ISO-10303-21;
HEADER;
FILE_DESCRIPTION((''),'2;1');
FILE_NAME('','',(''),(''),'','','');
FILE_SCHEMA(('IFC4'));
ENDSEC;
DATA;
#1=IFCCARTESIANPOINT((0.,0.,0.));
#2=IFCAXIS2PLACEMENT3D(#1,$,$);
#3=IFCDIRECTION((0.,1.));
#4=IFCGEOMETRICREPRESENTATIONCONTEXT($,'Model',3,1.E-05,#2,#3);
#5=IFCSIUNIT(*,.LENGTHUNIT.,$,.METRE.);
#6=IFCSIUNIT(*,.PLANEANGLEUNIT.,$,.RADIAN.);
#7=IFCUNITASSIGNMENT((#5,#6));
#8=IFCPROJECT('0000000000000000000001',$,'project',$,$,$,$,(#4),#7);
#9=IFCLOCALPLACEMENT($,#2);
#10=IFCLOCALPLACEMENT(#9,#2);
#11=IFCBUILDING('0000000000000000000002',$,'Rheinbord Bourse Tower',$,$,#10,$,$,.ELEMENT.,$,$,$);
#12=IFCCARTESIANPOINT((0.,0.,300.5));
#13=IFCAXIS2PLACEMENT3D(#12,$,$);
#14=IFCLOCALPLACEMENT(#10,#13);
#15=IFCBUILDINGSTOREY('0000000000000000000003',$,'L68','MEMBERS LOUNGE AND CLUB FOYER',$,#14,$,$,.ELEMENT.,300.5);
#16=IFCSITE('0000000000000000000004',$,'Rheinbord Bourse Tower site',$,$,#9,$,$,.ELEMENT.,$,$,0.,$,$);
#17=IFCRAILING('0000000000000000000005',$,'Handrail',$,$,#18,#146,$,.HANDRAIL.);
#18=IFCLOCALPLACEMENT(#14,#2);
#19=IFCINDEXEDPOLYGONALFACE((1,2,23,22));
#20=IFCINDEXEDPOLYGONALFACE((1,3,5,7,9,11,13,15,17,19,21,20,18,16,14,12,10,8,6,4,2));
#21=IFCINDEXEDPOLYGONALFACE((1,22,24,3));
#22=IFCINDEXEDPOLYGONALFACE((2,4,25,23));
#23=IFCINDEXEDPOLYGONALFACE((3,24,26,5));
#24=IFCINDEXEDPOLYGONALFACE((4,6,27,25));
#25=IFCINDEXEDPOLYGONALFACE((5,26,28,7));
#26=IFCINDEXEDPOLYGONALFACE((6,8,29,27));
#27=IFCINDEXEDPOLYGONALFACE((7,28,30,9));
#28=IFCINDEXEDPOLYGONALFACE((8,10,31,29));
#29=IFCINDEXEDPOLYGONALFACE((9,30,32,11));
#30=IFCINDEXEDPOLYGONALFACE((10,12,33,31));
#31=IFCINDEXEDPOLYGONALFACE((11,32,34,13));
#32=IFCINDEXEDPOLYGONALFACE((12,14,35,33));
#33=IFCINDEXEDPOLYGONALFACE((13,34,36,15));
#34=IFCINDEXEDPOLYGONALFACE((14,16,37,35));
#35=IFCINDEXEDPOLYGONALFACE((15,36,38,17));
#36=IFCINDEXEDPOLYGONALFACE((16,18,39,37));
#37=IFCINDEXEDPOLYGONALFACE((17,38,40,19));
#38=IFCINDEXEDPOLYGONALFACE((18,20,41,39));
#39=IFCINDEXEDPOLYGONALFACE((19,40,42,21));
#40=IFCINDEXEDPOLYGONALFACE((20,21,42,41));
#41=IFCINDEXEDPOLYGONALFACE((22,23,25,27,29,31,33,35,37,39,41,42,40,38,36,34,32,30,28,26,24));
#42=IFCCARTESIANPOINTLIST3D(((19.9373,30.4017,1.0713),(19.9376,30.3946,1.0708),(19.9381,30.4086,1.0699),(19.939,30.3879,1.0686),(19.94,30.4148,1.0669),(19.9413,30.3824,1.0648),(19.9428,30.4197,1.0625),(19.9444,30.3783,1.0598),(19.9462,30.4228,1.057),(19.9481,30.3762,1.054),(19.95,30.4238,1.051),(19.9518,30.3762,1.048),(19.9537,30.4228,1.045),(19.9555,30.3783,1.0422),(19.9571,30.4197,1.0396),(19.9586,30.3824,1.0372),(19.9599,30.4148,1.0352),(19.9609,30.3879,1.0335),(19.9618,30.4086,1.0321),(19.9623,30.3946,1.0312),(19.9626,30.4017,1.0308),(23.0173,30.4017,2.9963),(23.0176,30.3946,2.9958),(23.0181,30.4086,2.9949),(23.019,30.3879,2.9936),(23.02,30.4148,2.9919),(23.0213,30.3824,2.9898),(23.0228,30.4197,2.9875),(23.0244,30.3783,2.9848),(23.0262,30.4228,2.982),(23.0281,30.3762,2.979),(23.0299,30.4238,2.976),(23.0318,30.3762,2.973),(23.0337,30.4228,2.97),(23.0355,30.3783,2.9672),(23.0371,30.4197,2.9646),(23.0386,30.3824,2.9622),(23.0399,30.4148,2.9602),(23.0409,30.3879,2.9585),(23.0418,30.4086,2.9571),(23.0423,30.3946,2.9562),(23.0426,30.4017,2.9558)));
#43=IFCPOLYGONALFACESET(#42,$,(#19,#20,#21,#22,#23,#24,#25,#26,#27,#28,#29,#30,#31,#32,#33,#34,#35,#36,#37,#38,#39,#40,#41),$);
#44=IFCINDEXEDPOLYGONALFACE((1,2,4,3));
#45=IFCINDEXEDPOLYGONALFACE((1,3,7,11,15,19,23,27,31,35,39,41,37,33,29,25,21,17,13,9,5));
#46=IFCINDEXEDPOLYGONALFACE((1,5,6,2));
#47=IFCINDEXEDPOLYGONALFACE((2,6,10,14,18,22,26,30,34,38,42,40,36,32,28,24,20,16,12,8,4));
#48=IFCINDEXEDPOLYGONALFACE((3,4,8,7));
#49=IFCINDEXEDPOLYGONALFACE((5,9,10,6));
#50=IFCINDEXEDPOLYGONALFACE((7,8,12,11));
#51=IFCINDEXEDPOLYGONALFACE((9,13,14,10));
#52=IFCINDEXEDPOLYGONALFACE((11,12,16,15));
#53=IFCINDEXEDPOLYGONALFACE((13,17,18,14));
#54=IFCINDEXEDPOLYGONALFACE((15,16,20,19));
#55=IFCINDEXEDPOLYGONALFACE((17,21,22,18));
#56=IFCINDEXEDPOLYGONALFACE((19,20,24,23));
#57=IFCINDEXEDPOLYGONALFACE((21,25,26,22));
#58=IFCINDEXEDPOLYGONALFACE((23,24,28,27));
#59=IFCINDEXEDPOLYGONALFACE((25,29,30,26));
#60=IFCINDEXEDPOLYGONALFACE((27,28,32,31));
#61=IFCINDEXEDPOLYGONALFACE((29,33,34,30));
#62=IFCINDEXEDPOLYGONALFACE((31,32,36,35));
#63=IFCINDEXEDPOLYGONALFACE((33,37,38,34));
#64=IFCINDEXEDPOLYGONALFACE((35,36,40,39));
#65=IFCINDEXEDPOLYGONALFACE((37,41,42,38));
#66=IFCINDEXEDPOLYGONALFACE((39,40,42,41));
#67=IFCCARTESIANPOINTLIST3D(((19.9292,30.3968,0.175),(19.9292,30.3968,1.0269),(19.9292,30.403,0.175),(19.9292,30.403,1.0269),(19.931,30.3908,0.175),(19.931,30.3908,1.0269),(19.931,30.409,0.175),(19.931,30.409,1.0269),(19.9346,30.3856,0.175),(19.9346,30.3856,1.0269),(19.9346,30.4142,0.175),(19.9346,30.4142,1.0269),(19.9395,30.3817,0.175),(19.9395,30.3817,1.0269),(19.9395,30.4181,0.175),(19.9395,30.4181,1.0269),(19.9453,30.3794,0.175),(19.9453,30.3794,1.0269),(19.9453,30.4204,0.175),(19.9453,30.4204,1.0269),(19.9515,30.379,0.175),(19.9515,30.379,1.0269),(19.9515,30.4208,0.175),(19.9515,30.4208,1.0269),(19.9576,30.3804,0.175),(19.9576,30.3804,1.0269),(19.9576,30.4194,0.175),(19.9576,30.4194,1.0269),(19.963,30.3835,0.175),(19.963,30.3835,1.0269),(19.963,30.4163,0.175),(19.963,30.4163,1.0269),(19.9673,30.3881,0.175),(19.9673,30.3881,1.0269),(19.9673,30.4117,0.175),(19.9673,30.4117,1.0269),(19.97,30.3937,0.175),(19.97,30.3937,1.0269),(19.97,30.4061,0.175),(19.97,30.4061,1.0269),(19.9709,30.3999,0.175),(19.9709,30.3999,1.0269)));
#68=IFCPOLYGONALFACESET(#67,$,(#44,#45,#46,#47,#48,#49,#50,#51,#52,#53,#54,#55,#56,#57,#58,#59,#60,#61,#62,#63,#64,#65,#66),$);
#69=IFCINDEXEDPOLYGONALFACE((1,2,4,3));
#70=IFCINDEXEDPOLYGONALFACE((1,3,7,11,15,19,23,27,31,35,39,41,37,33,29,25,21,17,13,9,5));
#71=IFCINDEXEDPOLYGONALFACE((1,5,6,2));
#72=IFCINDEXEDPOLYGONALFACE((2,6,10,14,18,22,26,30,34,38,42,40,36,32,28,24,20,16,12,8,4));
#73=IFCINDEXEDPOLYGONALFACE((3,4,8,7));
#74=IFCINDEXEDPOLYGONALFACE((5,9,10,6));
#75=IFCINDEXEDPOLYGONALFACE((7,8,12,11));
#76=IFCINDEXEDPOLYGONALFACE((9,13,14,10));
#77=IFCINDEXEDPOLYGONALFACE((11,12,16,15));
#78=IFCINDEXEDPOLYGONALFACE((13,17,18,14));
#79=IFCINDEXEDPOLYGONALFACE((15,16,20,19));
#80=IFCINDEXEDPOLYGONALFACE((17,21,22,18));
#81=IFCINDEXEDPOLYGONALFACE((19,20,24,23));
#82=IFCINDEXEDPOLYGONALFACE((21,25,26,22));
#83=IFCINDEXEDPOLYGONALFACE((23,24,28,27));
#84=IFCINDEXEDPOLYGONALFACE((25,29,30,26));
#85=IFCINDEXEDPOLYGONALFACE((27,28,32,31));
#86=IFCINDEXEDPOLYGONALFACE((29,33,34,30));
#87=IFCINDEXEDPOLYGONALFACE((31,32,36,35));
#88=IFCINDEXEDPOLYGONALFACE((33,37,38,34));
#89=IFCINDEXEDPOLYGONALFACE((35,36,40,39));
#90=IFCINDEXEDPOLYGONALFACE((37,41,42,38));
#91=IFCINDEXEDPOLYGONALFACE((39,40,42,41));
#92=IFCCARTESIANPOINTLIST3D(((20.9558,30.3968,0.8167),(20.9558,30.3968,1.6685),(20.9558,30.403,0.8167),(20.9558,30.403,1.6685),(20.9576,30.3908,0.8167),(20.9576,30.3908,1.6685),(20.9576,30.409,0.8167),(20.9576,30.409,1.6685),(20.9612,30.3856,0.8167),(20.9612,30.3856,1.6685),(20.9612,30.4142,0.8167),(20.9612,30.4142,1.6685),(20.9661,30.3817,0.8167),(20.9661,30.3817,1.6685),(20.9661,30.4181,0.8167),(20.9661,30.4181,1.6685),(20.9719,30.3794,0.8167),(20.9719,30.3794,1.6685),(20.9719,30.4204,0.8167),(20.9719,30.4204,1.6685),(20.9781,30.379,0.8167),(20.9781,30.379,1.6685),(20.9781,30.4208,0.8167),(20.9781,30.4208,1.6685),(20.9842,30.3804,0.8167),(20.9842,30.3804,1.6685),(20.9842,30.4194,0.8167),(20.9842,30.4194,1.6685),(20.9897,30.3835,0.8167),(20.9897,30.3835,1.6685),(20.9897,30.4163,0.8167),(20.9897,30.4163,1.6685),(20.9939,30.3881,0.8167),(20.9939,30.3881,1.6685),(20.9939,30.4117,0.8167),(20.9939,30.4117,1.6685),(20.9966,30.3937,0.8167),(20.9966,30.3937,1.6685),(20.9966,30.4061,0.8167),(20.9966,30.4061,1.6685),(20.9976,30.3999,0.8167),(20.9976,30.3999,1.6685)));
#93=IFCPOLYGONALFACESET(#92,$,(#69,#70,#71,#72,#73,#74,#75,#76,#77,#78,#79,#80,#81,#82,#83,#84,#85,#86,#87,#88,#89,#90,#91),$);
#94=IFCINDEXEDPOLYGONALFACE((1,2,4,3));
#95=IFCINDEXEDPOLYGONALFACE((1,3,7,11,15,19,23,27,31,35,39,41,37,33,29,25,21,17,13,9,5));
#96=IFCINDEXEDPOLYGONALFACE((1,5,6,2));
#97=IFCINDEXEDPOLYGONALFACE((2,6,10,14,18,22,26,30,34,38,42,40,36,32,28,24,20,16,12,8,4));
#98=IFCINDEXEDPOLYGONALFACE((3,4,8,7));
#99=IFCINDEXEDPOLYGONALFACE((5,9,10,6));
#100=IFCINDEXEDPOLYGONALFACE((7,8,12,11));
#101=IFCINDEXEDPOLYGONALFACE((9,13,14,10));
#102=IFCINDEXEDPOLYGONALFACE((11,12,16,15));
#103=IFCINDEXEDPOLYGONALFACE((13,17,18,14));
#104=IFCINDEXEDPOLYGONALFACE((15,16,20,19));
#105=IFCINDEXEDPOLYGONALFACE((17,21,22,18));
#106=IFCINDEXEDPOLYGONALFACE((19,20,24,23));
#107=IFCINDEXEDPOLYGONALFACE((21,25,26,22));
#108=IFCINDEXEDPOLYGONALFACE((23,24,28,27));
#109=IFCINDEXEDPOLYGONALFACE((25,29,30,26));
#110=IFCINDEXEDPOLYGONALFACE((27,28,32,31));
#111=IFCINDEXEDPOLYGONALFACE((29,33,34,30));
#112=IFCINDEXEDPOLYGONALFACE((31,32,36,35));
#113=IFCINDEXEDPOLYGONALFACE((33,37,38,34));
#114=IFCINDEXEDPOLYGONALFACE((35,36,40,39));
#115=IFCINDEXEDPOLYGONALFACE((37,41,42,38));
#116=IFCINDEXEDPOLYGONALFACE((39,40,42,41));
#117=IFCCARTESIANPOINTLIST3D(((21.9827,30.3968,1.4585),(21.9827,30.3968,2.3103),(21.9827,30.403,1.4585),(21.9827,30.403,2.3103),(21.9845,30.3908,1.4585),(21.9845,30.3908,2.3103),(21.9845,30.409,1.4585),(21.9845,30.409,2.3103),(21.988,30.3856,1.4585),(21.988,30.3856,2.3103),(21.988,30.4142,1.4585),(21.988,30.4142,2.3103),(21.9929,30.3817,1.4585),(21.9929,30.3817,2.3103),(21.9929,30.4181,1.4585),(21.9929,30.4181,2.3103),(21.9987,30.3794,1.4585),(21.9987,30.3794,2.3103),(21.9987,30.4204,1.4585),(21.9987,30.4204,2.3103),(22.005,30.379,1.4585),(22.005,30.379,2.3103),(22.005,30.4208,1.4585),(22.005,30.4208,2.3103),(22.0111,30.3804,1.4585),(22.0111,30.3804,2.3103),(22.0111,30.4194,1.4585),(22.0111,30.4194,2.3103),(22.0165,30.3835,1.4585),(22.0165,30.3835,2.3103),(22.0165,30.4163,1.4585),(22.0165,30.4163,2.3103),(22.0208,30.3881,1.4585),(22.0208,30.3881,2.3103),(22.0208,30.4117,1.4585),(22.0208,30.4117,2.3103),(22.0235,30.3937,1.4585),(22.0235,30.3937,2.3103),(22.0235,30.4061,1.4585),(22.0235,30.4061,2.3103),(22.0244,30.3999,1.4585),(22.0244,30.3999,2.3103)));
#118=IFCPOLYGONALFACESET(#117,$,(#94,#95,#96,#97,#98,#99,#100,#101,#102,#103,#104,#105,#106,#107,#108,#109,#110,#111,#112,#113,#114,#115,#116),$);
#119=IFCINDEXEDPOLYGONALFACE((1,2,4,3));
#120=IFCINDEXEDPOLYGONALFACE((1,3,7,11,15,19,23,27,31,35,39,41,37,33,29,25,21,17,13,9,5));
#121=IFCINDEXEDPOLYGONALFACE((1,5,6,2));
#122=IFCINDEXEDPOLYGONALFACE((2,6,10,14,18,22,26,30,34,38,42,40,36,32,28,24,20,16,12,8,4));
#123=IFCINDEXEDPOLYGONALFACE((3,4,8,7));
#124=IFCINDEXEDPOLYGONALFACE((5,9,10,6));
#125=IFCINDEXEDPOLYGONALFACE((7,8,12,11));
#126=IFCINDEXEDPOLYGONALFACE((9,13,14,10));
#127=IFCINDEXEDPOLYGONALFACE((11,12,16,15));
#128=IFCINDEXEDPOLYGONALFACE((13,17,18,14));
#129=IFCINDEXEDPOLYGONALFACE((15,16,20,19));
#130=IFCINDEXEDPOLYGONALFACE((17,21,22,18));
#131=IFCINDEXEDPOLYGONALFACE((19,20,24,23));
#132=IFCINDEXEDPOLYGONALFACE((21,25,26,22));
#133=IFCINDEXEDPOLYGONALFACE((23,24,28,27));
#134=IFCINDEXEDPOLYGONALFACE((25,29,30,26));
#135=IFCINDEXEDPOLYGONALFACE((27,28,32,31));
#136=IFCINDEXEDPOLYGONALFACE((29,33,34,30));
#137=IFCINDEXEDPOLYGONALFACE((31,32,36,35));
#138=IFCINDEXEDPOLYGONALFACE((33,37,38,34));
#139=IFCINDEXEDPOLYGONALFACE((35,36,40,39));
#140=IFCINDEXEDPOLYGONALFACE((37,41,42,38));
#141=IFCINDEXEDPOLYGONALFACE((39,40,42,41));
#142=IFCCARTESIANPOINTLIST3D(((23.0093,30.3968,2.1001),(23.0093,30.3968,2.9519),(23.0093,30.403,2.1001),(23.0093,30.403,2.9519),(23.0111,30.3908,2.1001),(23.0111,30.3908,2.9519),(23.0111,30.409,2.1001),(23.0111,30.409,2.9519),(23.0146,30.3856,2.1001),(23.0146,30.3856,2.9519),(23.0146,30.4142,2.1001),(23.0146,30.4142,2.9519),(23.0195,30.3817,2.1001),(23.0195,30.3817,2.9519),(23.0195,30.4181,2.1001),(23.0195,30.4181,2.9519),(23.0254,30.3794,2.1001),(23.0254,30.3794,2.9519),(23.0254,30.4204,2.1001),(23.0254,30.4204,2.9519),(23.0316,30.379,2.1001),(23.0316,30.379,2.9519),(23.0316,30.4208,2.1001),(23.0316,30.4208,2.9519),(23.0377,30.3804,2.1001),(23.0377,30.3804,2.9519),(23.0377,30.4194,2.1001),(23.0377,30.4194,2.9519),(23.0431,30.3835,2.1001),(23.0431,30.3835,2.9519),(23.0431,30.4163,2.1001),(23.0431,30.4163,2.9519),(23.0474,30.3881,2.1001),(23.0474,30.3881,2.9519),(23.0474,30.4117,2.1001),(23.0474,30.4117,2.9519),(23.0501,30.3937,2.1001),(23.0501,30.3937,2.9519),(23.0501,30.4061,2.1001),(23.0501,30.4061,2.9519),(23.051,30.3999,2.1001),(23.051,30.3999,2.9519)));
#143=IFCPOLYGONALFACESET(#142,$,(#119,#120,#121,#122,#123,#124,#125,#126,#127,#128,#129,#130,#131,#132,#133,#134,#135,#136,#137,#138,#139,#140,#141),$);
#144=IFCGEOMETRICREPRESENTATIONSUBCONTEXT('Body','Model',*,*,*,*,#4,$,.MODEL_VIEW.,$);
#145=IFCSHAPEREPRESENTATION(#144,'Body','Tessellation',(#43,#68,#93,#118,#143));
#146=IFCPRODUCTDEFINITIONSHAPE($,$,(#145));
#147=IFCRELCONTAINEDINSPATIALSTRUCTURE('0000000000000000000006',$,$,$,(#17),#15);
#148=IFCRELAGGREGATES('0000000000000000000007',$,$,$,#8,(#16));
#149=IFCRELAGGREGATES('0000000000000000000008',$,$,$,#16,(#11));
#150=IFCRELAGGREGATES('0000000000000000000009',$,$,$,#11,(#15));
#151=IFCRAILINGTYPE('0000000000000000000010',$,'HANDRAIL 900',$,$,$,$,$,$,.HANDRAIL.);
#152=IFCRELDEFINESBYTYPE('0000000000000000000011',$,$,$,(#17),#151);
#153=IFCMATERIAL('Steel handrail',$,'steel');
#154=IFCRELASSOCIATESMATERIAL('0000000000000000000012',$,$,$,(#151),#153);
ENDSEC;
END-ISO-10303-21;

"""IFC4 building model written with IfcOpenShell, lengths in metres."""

from ifc_helpers import new_model, si_unit, direction, frame, origin, origin_2d, place, context, subcontext, project, spatial, circle, extrude, material, type_object, element, save


model = new_model("IFC4")

# Units and contexts
model_context = context("Model", 3, precision=1e-05, world=origin(), true_north=direction((0.0, 1.0)))
body_context = subcontext(model_context, "Body", "Model", "MODEL_VIEW")
ifc_project = project(units=[si_unit("LENGTHUNIT", "METRE"), si_unit("PLANEANGLEUNIT", "RADIAN")], contexts=[model_context])

# Site, building, storey
site_placement = place(None, origin())
site = spatial("IfcSite", under=ifc_project, at=site_placement, Name="Rheinbord Bourse Tower site", CompositionType="ELEMENT", RefElevation=0.0)
building_placement = place(site_placement, origin())
building = spatial("IfcBuilding", under=site, at=building_placement, Name="Rheinbord Bourse Tower", CompositionType="ELEMENT")
storey_placement = place(building_placement, frame((0.0, 0.0, 300.5)))
storey = spatial("IfcBuildingStorey", under=building, at=storey_placement, Name="L68", Description="MEMBERS LOUNGE AND CLUB FOYER", CompositionType="ELEMENT", Elevation=300.5)

# Railing
ifc_material_1 = material(Name="Steel handrail", Category="steel")
railing_type = type_object("IfcRailingType", Name="HANDRAIL 900", PredefinedType="HANDRAIL", material=ifc_material_1)
railing_1_placement = place(storey_placement, frame((19.95, 30.3999, 0.175)))
element("IfcRailing", 1, at=railing_1_placement, inside=storey, type_object=railing_type, Name="Handrail", PredefinedType="HANDRAIL", context=body_context, shape_type="SweptSolid", body=[
    extrude(circle(Radius=0.0239, at=origin_2d()), frame((0.0, 0.0, 0.876), z_axis=(0.847998, 0.0, 0.529999), x_axis=(0.0, 1.0, 0.0)), (0.0, 0.0, 1.0), 3.6321),
    extrude(circle(Radius=0.021, at=origin_2d()), origin(), (0.0, 0.0, 1.0), 0.8518),
    extrude(circle(Radius=0.021, at=origin_2d()), frame((1.0266, 0.0, 0.6416)), (0.0, 0.0, 1.0), 0.8518),
    extrude(circle(Radius=0.021, at=origin_2d()), frame((2.0535, 0.0, 1.2834)), (0.0, 0.0, 1.0), 0.8518),
    extrude(circle(Radius=0.021, at=origin_2d()), frame((3.0801, 0.0, 1.925)), (0.0, 0.0, 1.0), 0.8518),
])

save(model, "model.ifc")
